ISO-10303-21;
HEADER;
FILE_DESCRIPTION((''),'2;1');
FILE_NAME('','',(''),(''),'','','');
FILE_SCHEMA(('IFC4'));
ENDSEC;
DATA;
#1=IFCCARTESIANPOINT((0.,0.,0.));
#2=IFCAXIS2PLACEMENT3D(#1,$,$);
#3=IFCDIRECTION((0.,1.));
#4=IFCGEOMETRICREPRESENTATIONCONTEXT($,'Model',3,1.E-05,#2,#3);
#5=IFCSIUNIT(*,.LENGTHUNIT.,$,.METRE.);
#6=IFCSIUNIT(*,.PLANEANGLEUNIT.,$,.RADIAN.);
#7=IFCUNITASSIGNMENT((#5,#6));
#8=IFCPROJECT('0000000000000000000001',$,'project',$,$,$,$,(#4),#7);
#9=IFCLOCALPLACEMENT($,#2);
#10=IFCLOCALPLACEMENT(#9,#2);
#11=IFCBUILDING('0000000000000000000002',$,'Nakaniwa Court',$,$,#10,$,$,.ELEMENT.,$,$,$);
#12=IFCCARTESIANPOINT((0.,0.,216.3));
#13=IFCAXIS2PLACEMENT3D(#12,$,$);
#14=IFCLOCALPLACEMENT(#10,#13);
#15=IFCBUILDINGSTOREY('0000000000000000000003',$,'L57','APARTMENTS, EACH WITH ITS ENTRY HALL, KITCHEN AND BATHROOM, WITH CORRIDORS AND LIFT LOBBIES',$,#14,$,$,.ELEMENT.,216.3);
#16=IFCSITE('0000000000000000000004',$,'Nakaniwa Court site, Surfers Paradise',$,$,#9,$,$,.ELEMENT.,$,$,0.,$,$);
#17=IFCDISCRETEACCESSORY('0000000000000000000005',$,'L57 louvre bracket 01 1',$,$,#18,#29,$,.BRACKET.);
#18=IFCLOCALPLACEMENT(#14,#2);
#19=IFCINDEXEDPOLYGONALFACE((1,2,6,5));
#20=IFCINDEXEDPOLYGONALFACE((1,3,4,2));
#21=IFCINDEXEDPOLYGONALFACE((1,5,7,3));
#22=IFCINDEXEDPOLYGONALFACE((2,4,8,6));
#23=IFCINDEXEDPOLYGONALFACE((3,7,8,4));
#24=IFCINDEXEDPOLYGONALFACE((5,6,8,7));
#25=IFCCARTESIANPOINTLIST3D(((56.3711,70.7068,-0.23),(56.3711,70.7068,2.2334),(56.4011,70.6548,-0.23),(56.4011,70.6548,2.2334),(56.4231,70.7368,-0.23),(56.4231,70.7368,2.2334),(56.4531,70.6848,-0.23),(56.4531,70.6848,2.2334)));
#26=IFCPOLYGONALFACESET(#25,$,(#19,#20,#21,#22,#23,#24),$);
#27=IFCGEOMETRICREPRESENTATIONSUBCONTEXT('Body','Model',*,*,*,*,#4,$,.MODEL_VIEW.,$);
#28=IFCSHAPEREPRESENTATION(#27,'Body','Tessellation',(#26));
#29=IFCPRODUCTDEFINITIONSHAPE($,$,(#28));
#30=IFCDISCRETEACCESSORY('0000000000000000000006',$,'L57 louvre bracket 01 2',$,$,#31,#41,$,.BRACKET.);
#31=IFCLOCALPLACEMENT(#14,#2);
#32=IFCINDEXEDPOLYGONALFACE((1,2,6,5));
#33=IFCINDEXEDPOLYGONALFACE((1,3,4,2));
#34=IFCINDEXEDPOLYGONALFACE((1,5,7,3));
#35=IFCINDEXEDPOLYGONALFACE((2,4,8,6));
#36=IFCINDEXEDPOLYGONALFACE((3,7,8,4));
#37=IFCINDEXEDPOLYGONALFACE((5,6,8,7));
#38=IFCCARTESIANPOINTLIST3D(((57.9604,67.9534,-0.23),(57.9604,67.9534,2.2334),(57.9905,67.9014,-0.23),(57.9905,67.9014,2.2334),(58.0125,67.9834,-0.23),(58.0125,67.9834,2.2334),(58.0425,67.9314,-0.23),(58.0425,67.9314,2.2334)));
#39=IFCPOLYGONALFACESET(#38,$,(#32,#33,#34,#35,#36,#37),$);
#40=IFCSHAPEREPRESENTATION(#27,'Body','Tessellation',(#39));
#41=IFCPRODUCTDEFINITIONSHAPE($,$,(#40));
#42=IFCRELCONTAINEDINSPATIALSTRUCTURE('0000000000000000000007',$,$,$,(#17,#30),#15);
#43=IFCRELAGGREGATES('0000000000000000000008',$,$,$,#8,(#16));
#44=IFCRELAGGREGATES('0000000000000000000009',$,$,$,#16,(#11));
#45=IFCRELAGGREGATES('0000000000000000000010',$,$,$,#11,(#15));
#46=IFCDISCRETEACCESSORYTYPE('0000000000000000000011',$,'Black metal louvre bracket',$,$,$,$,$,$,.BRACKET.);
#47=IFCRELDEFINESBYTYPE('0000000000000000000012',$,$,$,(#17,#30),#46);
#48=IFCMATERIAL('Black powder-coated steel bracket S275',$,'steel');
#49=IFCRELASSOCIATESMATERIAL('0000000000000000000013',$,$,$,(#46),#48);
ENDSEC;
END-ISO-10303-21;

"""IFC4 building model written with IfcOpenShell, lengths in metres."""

from ifc_helpers import new_model, si_unit, direction, frame, origin, origin_2d, place, context, subcontext, project, spatial, rectangle, extrude, material, type_object, element, save


model = new_model("IFC4")

# Units and contexts
model_context = context("Model", 3, precision=1e-05, world=origin(), true_north=direction((0.0, 1.0)))
body_context = subcontext(model_context, "Body", "Model", "MODEL_VIEW")
ifc_project = project(units=[si_unit("LENGTHUNIT", "METRE"), si_unit("PLANEANGLEUNIT", "RADIAN")], contexts=[model_context])

# Site, building, storey
site_placement = place(None, origin())
site = spatial("IfcSite", under=ifc_project, at=site_placement, Name="Nakaniwa Court site, Surfers Paradise", CompositionType="ELEMENT", RefElevation=0.0)
building_placement = place(site_placement, origin())
building = spatial("IfcBuilding", under=site, at=building_placement, Name="Nakaniwa Court", CompositionType="ELEMENT")
storey_placement = place(building_placement, frame((0.0, 0.0, 216.3)))
storey = spatial("IfcBuildingStorey", under=building, at=storey_placement, Name="L57", Description="APARTMENTS, EACH WITH ITS ENTRY HALL, KITCHEN AND BATHROOM, WITH CORRIDORS AND LIFT LOBBIES", CompositionType="ELEMENT", Elevation=216.3)

# Discrete accessories
ifc_material_1 = material(Name="Black powder-coated steel bracket S275", Category="steel")
discrete_accessory_type = type_object("IfcDiscreteAccessoryType", Name="Black metal louvre bracket", PredefinedType="BRACKET", material=ifc_material_1)
for number, where, z_axis, x_axis, name in (
    (1, (56.4121, 70.6958, -0.23), (0.0, 0.0, 1.0), (0.499986, -0.866033, 0.0), "L57 louvre bracket 01 1"),
    (2, (58.0015, 67.9424, -0.23), (0.0, 0.0, 1.0), (0.499986, -0.866033, 0.0), "L57 louvre bracket 01 2"),
):
    element("IfcDiscreteAccessory", number, at=place(storey_placement, frame(where, z_axis=z_axis, x_axis=x_axis)), inside=storey, type_object=discrete_accessory_type, Name=name, PredefinedType="BRACKET", context=body_context, shape_type="SweptSolid", body=[
        extrude(rectangle(XDim=0.0601, YDim=0.0601, at=origin_2d()), origin(), (0.0, 0.0, 1.0), 2.4634),
    ])

save(model, "model.ifc")
